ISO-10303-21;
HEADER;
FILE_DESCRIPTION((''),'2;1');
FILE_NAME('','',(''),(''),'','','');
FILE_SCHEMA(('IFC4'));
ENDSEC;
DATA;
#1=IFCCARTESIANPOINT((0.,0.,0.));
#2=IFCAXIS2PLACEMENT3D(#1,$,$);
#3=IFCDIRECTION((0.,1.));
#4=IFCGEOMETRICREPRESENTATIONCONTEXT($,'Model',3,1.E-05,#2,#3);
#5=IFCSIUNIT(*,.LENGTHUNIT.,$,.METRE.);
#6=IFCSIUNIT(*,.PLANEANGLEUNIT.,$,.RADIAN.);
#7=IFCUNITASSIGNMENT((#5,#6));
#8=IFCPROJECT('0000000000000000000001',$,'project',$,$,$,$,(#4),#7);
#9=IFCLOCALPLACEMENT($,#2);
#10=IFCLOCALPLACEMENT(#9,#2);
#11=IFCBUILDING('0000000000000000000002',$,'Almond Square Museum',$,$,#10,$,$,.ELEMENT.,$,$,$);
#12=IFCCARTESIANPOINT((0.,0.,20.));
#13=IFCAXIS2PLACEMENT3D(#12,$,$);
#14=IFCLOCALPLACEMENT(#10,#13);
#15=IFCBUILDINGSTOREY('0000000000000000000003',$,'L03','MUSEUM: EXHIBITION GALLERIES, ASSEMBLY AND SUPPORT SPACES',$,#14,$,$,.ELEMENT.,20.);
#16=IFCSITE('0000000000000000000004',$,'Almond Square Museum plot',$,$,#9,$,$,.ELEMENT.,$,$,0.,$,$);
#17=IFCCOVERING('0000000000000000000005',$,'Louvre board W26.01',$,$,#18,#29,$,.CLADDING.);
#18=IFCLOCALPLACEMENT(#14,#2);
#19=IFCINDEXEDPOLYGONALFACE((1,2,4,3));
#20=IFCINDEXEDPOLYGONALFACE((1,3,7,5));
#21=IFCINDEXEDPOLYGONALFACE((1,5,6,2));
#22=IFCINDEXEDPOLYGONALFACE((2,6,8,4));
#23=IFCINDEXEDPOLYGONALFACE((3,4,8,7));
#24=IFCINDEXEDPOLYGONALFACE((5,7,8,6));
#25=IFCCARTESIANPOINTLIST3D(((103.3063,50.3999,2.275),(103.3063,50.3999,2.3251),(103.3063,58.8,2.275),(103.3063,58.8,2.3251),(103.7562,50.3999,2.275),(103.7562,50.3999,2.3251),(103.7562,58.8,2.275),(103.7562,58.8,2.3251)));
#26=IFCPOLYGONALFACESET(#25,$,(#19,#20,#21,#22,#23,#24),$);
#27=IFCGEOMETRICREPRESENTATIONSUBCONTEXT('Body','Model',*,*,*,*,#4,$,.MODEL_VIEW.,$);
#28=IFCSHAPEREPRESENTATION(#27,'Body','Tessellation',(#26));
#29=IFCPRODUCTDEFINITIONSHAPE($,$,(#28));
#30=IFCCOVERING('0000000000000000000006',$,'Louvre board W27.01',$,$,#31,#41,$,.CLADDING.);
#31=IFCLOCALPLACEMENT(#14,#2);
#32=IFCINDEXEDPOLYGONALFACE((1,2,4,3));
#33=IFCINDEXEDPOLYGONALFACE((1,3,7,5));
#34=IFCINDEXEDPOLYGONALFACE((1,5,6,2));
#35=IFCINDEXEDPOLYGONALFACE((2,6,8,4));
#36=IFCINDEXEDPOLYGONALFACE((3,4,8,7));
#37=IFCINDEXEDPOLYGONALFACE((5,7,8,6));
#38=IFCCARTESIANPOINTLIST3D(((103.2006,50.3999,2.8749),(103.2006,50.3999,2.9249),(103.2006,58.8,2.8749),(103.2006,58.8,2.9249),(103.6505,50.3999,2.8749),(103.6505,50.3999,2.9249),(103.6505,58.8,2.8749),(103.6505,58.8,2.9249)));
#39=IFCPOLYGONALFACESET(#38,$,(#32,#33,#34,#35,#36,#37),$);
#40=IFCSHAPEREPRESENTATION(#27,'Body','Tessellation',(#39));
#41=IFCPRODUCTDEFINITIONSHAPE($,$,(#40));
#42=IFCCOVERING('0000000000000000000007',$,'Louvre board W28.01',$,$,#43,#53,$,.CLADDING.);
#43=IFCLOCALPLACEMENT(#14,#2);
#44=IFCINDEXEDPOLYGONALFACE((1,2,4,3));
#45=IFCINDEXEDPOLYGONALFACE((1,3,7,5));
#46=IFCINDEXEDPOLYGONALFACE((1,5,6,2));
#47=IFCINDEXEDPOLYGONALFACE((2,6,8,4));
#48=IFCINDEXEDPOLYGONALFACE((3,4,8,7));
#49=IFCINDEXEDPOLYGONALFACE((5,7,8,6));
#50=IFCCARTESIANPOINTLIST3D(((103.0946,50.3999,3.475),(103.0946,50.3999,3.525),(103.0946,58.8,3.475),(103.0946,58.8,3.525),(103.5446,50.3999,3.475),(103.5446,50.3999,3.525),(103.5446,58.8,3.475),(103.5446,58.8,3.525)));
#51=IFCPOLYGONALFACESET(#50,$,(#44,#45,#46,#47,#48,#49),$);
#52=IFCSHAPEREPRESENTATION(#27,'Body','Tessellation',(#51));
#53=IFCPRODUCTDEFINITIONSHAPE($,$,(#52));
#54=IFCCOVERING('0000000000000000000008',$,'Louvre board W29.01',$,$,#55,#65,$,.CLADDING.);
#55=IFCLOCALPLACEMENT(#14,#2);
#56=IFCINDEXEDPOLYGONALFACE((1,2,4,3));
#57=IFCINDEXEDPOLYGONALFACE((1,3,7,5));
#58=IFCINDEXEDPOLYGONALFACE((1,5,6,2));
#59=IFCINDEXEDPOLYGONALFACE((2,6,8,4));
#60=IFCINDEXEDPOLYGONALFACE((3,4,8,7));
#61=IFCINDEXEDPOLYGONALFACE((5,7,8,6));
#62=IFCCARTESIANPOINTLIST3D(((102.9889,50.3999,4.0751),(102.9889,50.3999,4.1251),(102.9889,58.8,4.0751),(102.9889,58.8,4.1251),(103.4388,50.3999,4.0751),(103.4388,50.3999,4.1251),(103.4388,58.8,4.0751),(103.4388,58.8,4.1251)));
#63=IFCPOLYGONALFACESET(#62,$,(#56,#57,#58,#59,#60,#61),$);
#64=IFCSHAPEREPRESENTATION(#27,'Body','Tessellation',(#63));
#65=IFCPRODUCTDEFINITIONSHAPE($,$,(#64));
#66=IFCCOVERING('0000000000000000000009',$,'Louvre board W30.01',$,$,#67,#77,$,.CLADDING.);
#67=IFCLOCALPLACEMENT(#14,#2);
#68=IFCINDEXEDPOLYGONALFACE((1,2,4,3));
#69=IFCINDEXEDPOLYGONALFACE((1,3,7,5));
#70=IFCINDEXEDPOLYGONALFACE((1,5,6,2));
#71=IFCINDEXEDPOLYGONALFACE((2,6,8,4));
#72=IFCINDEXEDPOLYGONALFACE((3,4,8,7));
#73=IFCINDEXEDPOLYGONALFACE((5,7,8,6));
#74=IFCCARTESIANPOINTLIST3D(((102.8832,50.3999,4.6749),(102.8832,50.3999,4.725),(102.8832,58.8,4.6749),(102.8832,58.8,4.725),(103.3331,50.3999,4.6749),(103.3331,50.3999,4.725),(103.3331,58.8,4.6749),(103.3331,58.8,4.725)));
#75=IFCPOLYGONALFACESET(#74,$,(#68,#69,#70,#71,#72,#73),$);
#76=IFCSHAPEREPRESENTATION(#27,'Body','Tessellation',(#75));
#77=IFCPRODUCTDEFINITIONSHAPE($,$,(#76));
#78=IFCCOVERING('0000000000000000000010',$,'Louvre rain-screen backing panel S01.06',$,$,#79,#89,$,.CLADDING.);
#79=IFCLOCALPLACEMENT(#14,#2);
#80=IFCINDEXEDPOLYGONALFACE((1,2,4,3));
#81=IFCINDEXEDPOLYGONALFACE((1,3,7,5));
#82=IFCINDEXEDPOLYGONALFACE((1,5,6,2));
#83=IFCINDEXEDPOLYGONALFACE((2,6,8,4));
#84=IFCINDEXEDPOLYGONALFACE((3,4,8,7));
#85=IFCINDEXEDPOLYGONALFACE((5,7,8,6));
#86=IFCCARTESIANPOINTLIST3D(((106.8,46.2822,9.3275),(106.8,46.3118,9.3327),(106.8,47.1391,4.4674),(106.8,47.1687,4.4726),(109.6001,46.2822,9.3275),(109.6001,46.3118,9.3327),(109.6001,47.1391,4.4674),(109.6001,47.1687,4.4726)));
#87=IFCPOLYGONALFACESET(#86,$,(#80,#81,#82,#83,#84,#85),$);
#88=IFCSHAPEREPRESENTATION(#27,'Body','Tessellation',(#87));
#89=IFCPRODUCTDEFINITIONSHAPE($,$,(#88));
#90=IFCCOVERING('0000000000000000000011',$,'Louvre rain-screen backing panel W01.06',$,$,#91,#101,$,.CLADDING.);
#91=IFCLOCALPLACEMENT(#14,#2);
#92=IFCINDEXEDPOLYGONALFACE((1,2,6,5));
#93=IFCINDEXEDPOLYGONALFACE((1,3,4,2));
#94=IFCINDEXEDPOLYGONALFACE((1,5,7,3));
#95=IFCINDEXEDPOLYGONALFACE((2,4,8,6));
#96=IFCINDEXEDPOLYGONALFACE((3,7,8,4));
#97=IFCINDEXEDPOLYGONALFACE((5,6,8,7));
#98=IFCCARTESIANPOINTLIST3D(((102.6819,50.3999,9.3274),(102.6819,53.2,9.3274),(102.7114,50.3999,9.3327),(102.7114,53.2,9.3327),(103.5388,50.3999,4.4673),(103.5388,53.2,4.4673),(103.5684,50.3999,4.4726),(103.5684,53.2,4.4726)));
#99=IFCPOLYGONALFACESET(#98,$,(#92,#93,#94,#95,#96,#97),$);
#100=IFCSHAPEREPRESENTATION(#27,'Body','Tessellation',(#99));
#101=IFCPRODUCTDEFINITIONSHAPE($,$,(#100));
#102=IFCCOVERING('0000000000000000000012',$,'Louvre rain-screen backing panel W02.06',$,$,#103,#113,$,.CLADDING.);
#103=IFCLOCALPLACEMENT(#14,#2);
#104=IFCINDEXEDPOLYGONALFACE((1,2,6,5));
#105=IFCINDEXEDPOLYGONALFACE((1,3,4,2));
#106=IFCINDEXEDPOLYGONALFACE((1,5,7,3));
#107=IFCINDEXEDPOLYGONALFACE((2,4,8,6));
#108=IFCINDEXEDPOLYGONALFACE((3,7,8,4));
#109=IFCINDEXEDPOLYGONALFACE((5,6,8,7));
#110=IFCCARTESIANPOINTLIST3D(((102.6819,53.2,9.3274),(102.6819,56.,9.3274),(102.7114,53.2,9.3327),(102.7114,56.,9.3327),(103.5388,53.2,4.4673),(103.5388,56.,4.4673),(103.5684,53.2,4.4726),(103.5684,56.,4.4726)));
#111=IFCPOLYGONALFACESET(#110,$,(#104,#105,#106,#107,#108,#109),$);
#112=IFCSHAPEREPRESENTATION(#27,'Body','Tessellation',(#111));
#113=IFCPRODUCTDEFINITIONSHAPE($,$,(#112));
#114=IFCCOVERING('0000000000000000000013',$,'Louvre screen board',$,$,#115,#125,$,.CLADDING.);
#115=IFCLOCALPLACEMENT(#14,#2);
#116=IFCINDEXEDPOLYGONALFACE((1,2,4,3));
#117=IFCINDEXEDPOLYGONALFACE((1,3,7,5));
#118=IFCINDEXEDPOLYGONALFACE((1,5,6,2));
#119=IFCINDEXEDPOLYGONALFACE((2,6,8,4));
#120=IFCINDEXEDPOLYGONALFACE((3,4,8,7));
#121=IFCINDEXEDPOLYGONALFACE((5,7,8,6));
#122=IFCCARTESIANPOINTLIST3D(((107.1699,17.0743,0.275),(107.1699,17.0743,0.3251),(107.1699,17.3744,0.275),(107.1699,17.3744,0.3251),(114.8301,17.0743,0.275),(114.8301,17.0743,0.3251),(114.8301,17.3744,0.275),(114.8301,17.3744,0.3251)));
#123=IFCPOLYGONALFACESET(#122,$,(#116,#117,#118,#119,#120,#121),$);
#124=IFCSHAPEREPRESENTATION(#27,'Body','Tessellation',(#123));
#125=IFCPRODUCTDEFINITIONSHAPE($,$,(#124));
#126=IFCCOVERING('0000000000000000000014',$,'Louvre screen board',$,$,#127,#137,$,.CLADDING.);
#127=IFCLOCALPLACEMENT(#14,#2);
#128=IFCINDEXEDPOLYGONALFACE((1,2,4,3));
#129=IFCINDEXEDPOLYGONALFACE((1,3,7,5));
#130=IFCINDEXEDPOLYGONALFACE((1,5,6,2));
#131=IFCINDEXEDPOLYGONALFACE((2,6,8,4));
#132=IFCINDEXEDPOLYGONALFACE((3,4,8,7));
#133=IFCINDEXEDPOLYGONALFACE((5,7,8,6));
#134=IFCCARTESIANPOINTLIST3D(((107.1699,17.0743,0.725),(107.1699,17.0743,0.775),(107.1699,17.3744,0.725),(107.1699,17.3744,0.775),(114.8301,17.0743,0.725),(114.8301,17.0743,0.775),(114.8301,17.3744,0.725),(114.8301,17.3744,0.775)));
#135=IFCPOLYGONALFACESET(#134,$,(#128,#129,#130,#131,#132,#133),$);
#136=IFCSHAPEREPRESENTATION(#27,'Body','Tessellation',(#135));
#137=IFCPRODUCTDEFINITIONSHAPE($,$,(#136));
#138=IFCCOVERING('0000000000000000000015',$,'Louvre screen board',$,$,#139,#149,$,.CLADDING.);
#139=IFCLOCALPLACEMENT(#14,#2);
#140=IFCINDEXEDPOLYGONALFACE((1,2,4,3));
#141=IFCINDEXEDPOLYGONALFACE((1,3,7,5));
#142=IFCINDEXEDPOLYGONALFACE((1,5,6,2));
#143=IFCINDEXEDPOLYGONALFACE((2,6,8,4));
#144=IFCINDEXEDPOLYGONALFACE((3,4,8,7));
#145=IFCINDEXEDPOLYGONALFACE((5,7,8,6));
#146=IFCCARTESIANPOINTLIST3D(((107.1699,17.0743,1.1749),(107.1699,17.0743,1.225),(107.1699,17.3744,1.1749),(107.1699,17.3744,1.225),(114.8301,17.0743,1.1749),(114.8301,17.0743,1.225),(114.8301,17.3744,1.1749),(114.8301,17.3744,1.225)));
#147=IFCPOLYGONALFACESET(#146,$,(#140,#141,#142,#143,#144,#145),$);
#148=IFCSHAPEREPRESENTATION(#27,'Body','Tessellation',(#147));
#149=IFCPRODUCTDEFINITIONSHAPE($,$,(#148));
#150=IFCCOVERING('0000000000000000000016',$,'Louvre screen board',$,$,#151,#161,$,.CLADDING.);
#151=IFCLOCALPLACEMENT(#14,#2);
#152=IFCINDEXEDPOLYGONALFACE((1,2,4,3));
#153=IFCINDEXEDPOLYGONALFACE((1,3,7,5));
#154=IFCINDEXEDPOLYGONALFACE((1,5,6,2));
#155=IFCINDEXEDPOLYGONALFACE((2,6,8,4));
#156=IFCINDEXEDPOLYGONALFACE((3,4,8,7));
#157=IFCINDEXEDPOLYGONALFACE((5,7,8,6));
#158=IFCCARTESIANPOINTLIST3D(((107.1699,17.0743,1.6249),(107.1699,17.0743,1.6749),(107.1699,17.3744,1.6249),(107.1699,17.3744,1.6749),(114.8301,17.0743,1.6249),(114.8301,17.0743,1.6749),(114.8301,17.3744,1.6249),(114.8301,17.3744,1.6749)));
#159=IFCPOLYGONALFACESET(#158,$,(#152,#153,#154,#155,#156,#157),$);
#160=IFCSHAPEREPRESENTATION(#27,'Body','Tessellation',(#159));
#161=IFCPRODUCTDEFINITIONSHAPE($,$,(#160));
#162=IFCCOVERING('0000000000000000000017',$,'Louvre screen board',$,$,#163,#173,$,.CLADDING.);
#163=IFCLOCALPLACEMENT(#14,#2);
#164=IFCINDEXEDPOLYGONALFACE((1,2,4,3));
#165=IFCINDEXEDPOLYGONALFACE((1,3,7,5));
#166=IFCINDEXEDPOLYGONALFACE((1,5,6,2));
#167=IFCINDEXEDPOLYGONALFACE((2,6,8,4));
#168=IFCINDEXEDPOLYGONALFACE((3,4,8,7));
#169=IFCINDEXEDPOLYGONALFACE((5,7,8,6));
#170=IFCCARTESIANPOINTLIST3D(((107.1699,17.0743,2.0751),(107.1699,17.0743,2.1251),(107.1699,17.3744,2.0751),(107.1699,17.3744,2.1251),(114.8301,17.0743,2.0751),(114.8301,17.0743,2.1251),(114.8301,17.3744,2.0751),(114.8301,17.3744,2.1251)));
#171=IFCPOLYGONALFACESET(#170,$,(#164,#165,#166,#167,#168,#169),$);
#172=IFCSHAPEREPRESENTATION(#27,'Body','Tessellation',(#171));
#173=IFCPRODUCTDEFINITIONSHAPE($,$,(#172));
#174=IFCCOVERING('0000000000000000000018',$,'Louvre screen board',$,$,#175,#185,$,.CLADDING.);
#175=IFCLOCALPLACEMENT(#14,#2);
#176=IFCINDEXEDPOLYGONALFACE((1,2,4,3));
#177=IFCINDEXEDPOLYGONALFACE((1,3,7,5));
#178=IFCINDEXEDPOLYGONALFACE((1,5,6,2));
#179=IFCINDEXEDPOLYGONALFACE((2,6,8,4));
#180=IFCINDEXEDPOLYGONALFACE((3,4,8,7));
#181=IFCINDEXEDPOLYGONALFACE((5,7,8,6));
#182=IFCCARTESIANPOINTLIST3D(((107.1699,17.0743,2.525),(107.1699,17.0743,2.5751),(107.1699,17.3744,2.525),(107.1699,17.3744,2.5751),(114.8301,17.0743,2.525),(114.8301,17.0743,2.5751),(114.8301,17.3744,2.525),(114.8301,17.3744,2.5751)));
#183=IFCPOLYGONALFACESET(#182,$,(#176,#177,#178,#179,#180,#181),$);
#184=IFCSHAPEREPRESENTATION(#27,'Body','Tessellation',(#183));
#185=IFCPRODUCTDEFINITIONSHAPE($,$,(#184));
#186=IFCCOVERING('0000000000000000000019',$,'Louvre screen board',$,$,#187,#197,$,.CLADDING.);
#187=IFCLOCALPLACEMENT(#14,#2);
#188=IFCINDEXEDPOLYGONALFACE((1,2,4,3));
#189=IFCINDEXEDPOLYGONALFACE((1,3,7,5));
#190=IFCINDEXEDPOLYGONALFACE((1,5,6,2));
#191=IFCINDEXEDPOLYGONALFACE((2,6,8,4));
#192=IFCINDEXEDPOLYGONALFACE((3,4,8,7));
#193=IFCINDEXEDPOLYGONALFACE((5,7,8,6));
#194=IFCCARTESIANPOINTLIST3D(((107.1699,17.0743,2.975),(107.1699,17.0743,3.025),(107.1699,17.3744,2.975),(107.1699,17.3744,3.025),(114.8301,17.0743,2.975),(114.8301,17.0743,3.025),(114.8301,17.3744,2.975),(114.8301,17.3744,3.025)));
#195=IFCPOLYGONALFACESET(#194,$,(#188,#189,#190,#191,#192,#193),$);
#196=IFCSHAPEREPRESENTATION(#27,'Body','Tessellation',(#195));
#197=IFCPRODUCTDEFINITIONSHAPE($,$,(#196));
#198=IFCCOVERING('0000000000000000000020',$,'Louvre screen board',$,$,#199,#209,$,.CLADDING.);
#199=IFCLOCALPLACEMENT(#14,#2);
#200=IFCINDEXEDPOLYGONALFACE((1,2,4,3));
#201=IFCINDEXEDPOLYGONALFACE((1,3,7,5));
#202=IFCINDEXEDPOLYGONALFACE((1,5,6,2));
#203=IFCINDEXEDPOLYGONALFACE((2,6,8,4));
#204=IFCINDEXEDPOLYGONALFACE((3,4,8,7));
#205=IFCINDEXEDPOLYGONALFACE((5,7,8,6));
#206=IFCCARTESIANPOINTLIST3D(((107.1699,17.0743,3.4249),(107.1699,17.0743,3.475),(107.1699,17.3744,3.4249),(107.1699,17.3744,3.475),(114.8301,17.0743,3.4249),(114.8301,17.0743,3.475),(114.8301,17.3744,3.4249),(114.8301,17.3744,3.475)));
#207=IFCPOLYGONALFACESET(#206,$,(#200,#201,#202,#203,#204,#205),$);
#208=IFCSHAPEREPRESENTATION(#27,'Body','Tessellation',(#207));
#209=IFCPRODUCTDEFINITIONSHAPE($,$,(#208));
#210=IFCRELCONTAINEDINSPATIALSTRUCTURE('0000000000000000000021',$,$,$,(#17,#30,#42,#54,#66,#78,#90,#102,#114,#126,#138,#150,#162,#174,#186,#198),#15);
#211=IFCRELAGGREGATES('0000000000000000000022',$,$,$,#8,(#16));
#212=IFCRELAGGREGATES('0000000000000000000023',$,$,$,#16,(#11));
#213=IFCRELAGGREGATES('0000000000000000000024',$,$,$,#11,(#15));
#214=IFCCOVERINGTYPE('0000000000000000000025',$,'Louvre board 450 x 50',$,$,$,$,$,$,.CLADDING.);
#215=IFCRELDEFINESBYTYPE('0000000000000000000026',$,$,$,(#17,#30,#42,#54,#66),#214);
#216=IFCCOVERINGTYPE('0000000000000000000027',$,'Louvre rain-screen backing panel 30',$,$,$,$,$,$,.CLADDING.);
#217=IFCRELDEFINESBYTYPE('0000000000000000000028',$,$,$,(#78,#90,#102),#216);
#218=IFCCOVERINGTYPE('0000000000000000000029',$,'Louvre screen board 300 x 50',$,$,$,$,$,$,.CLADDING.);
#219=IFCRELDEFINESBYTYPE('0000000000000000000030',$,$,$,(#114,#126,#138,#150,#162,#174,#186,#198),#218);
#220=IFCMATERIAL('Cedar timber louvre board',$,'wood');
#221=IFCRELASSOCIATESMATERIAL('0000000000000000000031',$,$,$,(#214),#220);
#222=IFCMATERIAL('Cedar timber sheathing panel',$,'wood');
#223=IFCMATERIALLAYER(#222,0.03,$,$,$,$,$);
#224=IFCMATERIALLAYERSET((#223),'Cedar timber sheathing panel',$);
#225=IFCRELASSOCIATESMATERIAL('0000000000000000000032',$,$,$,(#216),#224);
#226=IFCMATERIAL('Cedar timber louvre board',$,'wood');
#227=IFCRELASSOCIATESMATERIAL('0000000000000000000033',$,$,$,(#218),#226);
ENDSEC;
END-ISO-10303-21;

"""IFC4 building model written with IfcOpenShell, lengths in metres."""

from ifc_helpers import new_model, si_unit, direction, frame, origin, origin_2d, place, context, subcontext, project, spatial, polyline, rectangle, outline, extrude, material, layer, layer_set, material_profile, profile_set, type_object, element, save


model = new_model("IFC4")

# Units and contexts
model_context = context("Model", 3, precision=1e-05, world=origin(), true_north=direction((0.0, 1.0)))
body_context = subcontext(model_context, "Body", "Model", "MODEL_VIEW")
ifc_project = project(units=[si_unit("LENGTHUNIT", "METRE"), si_unit("PLANEANGLEUNIT", "RADIAN")], contexts=[model_context])

# Site, building, storey
site_placement = place(None, origin())
site = spatial("IfcSite", under=ifc_project, at=site_placement, Name="Almond Square Museum plot", CompositionType="ELEMENT", RefElevation=0.0)
building_placement = place(site_placement, origin())
building = spatial("IfcBuilding", under=site, at=building_placement, Name="Almond Square Museum", CompositionType="ELEMENT")
storey_placement = place(building_placement, frame((0.0, 0.0, 20.0)))
storey = spatial("IfcBuildingStorey", under=building, at=storey_placement, Name="L03", Description="MUSEUM: EXHIBITION GALLERIES, ASSEMBLY AND SUPPORT SPACES", CompositionType="ELEMENT", Elevation=20.0)

# Coverings
ifc_material_1 = material(Name="Cedar timber louvre board", Category="wood")
ifc_material_profile_1 = material_profile(ifc_material_1, rectangle(XDim=0.45, YDim=0.05, at=origin_2d()))
ifc_profile_set_1 = profile_set([ifc_material_profile_1], Name="Cedar timber louvre board")
covering_type_1 = type_object("IfcCoveringType", Name="Louvre board 450 x 50", PredefinedType="CLADDING", material=ifc_profile_set_1)
for number, where, z_axis, x_axis, name in (
    (1, (103.5312, 50.3999, 2.3), (0.0, 1.0, 0.0), (-1.0, 0.0, 0.0), "Louvre board W26.01"),
    (2, (103.4255, 50.3999, 2.8999), (0.0, 1.0, 0.0), (-1.0, 0.0, 0.0), "Louvre board W27.01"),
    (3, (103.3196, 50.3999, 3.5), (0.0, 1.0, 0.0), (-1.0, 0.0, 0.0), "Louvre board W28.01"),
    (4, (103.2139, 50.3999, 4.1001), (0.0, 1.0, 0.0), (-1.0, 0.0, 0.0), "Louvre board W29.01"),
    (5, (103.1082, 50.3999, 4.7), (0.0, 1.0, 0.0), (-1.0, 0.0, 0.0), "Louvre board W30.01"),
):
    element("IfcCovering", number, at=place(storey_placement, frame(where, z_axis=z_axis, x_axis=x_axis)), inside=storey, type_object=covering_type_1, Name=name, PredefinedType="CLADDING", context=body_context, shape_type="SweptSolid", body=[
        extrude(rectangle(XDim=0.45, YDim=0.05, at=origin_2d()), origin(), (0.0, 0.0, 1.0), 8.4001),
    ])
ifc_material_2 = material(Name="Cedar timber sheathing panel", Category="wood")
ifc_layer_1 = layer(ifc_material_2, 0.03)
ifc_layer_set_1 = layer_set([ifc_layer_1], Name="Cedar timber sheathing panel")
covering_type_2 = type_object("IfcCoveringType", Name="Louvre rain-screen backing panel 30", PredefinedType="CLADDING", material=ifc_layer_set_1)
for number, where, z_axis, x_axis, name in (
    (6, (106.8, 47.1538, 4.47), (0.0, -0.984809, -0.173641), (1.0, 0.0, 0.0), "Louvre rain-screen backing panel S01.06"),
    (7, (103.5537, 50.3999, 4.47), (0.984809, 0.0, 0.173641), (0.0, 1.0, 0.0), "Louvre rain-screen backing panel W01.06"),
    (8, (103.5537, 53.2, 4.47), (0.984809, 0.0, 0.173641), (0.0, 1.0, 0.0), "Louvre rain-screen backing panel W02.06"),
):
    element("IfcCovering", number, at=place(storey_placement, frame(where, z_axis=z_axis, x_axis=x_axis)), inside=storey, type_object=covering_type_2, Name=name, PredefinedType="CLADDING", context=body_context, shape_type="SweptSolid", body=[
        extrude(outline(polyline([(0.0, 0.0), (2.8, 0.0), (2.8, 4.9351), (0.0, 4.9351), (0.0, 0.0)])), frame((0.0, 0.0, -0.0151)), (0.0, 0.0, 1.0), 0.03),
    ])
ifc_material_3 = material(Name="Cedar timber louvre board", Category="wood")
ifc_material_profile_2 = material_profile(ifc_material_3, rectangle(XDim=0.3, YDim=0.05, at=origin_2d()))
ifc_profile_set_2 = profile_set([ifc_material_profile_2], Name="Cedar timber louvre board")
covering_type_3 = type_object("IfcCoveringType", Name="Louvre screen board 300 x 50", PredefinedType="CLADDING", material=ifc_profile_set_2)
for number, where, z_axis, x_axis, name in (
    (9, (107.1699, 17.2244, 0.3), (1.0, 0.0, 0.0), (0.0, 1.0, 0.0), "Louvre screen board"),
    (10, (107.1699, 17.2244, 0.75), (1.0, 0.0, 0.0), (0.0, 1.0, 0.0), "Louvre screen board"),
    (11, (107.1699, 17.2244, 1.2), (1.0, 0.0, 0.0), (0.0, 1.0, 0.0), "Louvre screen board"),
    (12, (107.1699, 17.2244, 1.6499), (1.0, 0.0, 0.0), (0.0, 1.0, 0.0), "Louvre screen board"),
    (13, (107.1699, 17.2244, 2.1001), (1.0, 0.0, 0.0), (0.0, 1.0, 0.0), "Louvre screen board"),
    (14, (107.1699, 17.2244, 2.55), (1.0, 0.0, 0.0), (0.0, 1.0, 0.0), "Louvre screen board"),
    (15, (107.1699, 17.2244, 3.0), (1.0, 0.0, 0.0), (0.0, 1.0, 0.0), "Louvre screen board"),
    (16, (107.1699, 17.2244, 3.45), (1.0, 0.0, 0.0), (0.0, 1.0, 0.0), "Louvre screen board"),
):
    element("IfcCovering", number, at=place(storey_placement, frame(where, z_axis=z_axis, x_axis=x_axis)), inside=storey, type_object=covering_type_3, Name=name, PredefinedType="CLADDING", context=body_context, shape_type="SweptSolid", body=[
        extrude(rectangle(XDim=0.3, YDim=0.05, at=origin_2d()), origin(), (0.0, 0.0, 1.0), 7.6602),
    ])

save(model, "model.ifc")
